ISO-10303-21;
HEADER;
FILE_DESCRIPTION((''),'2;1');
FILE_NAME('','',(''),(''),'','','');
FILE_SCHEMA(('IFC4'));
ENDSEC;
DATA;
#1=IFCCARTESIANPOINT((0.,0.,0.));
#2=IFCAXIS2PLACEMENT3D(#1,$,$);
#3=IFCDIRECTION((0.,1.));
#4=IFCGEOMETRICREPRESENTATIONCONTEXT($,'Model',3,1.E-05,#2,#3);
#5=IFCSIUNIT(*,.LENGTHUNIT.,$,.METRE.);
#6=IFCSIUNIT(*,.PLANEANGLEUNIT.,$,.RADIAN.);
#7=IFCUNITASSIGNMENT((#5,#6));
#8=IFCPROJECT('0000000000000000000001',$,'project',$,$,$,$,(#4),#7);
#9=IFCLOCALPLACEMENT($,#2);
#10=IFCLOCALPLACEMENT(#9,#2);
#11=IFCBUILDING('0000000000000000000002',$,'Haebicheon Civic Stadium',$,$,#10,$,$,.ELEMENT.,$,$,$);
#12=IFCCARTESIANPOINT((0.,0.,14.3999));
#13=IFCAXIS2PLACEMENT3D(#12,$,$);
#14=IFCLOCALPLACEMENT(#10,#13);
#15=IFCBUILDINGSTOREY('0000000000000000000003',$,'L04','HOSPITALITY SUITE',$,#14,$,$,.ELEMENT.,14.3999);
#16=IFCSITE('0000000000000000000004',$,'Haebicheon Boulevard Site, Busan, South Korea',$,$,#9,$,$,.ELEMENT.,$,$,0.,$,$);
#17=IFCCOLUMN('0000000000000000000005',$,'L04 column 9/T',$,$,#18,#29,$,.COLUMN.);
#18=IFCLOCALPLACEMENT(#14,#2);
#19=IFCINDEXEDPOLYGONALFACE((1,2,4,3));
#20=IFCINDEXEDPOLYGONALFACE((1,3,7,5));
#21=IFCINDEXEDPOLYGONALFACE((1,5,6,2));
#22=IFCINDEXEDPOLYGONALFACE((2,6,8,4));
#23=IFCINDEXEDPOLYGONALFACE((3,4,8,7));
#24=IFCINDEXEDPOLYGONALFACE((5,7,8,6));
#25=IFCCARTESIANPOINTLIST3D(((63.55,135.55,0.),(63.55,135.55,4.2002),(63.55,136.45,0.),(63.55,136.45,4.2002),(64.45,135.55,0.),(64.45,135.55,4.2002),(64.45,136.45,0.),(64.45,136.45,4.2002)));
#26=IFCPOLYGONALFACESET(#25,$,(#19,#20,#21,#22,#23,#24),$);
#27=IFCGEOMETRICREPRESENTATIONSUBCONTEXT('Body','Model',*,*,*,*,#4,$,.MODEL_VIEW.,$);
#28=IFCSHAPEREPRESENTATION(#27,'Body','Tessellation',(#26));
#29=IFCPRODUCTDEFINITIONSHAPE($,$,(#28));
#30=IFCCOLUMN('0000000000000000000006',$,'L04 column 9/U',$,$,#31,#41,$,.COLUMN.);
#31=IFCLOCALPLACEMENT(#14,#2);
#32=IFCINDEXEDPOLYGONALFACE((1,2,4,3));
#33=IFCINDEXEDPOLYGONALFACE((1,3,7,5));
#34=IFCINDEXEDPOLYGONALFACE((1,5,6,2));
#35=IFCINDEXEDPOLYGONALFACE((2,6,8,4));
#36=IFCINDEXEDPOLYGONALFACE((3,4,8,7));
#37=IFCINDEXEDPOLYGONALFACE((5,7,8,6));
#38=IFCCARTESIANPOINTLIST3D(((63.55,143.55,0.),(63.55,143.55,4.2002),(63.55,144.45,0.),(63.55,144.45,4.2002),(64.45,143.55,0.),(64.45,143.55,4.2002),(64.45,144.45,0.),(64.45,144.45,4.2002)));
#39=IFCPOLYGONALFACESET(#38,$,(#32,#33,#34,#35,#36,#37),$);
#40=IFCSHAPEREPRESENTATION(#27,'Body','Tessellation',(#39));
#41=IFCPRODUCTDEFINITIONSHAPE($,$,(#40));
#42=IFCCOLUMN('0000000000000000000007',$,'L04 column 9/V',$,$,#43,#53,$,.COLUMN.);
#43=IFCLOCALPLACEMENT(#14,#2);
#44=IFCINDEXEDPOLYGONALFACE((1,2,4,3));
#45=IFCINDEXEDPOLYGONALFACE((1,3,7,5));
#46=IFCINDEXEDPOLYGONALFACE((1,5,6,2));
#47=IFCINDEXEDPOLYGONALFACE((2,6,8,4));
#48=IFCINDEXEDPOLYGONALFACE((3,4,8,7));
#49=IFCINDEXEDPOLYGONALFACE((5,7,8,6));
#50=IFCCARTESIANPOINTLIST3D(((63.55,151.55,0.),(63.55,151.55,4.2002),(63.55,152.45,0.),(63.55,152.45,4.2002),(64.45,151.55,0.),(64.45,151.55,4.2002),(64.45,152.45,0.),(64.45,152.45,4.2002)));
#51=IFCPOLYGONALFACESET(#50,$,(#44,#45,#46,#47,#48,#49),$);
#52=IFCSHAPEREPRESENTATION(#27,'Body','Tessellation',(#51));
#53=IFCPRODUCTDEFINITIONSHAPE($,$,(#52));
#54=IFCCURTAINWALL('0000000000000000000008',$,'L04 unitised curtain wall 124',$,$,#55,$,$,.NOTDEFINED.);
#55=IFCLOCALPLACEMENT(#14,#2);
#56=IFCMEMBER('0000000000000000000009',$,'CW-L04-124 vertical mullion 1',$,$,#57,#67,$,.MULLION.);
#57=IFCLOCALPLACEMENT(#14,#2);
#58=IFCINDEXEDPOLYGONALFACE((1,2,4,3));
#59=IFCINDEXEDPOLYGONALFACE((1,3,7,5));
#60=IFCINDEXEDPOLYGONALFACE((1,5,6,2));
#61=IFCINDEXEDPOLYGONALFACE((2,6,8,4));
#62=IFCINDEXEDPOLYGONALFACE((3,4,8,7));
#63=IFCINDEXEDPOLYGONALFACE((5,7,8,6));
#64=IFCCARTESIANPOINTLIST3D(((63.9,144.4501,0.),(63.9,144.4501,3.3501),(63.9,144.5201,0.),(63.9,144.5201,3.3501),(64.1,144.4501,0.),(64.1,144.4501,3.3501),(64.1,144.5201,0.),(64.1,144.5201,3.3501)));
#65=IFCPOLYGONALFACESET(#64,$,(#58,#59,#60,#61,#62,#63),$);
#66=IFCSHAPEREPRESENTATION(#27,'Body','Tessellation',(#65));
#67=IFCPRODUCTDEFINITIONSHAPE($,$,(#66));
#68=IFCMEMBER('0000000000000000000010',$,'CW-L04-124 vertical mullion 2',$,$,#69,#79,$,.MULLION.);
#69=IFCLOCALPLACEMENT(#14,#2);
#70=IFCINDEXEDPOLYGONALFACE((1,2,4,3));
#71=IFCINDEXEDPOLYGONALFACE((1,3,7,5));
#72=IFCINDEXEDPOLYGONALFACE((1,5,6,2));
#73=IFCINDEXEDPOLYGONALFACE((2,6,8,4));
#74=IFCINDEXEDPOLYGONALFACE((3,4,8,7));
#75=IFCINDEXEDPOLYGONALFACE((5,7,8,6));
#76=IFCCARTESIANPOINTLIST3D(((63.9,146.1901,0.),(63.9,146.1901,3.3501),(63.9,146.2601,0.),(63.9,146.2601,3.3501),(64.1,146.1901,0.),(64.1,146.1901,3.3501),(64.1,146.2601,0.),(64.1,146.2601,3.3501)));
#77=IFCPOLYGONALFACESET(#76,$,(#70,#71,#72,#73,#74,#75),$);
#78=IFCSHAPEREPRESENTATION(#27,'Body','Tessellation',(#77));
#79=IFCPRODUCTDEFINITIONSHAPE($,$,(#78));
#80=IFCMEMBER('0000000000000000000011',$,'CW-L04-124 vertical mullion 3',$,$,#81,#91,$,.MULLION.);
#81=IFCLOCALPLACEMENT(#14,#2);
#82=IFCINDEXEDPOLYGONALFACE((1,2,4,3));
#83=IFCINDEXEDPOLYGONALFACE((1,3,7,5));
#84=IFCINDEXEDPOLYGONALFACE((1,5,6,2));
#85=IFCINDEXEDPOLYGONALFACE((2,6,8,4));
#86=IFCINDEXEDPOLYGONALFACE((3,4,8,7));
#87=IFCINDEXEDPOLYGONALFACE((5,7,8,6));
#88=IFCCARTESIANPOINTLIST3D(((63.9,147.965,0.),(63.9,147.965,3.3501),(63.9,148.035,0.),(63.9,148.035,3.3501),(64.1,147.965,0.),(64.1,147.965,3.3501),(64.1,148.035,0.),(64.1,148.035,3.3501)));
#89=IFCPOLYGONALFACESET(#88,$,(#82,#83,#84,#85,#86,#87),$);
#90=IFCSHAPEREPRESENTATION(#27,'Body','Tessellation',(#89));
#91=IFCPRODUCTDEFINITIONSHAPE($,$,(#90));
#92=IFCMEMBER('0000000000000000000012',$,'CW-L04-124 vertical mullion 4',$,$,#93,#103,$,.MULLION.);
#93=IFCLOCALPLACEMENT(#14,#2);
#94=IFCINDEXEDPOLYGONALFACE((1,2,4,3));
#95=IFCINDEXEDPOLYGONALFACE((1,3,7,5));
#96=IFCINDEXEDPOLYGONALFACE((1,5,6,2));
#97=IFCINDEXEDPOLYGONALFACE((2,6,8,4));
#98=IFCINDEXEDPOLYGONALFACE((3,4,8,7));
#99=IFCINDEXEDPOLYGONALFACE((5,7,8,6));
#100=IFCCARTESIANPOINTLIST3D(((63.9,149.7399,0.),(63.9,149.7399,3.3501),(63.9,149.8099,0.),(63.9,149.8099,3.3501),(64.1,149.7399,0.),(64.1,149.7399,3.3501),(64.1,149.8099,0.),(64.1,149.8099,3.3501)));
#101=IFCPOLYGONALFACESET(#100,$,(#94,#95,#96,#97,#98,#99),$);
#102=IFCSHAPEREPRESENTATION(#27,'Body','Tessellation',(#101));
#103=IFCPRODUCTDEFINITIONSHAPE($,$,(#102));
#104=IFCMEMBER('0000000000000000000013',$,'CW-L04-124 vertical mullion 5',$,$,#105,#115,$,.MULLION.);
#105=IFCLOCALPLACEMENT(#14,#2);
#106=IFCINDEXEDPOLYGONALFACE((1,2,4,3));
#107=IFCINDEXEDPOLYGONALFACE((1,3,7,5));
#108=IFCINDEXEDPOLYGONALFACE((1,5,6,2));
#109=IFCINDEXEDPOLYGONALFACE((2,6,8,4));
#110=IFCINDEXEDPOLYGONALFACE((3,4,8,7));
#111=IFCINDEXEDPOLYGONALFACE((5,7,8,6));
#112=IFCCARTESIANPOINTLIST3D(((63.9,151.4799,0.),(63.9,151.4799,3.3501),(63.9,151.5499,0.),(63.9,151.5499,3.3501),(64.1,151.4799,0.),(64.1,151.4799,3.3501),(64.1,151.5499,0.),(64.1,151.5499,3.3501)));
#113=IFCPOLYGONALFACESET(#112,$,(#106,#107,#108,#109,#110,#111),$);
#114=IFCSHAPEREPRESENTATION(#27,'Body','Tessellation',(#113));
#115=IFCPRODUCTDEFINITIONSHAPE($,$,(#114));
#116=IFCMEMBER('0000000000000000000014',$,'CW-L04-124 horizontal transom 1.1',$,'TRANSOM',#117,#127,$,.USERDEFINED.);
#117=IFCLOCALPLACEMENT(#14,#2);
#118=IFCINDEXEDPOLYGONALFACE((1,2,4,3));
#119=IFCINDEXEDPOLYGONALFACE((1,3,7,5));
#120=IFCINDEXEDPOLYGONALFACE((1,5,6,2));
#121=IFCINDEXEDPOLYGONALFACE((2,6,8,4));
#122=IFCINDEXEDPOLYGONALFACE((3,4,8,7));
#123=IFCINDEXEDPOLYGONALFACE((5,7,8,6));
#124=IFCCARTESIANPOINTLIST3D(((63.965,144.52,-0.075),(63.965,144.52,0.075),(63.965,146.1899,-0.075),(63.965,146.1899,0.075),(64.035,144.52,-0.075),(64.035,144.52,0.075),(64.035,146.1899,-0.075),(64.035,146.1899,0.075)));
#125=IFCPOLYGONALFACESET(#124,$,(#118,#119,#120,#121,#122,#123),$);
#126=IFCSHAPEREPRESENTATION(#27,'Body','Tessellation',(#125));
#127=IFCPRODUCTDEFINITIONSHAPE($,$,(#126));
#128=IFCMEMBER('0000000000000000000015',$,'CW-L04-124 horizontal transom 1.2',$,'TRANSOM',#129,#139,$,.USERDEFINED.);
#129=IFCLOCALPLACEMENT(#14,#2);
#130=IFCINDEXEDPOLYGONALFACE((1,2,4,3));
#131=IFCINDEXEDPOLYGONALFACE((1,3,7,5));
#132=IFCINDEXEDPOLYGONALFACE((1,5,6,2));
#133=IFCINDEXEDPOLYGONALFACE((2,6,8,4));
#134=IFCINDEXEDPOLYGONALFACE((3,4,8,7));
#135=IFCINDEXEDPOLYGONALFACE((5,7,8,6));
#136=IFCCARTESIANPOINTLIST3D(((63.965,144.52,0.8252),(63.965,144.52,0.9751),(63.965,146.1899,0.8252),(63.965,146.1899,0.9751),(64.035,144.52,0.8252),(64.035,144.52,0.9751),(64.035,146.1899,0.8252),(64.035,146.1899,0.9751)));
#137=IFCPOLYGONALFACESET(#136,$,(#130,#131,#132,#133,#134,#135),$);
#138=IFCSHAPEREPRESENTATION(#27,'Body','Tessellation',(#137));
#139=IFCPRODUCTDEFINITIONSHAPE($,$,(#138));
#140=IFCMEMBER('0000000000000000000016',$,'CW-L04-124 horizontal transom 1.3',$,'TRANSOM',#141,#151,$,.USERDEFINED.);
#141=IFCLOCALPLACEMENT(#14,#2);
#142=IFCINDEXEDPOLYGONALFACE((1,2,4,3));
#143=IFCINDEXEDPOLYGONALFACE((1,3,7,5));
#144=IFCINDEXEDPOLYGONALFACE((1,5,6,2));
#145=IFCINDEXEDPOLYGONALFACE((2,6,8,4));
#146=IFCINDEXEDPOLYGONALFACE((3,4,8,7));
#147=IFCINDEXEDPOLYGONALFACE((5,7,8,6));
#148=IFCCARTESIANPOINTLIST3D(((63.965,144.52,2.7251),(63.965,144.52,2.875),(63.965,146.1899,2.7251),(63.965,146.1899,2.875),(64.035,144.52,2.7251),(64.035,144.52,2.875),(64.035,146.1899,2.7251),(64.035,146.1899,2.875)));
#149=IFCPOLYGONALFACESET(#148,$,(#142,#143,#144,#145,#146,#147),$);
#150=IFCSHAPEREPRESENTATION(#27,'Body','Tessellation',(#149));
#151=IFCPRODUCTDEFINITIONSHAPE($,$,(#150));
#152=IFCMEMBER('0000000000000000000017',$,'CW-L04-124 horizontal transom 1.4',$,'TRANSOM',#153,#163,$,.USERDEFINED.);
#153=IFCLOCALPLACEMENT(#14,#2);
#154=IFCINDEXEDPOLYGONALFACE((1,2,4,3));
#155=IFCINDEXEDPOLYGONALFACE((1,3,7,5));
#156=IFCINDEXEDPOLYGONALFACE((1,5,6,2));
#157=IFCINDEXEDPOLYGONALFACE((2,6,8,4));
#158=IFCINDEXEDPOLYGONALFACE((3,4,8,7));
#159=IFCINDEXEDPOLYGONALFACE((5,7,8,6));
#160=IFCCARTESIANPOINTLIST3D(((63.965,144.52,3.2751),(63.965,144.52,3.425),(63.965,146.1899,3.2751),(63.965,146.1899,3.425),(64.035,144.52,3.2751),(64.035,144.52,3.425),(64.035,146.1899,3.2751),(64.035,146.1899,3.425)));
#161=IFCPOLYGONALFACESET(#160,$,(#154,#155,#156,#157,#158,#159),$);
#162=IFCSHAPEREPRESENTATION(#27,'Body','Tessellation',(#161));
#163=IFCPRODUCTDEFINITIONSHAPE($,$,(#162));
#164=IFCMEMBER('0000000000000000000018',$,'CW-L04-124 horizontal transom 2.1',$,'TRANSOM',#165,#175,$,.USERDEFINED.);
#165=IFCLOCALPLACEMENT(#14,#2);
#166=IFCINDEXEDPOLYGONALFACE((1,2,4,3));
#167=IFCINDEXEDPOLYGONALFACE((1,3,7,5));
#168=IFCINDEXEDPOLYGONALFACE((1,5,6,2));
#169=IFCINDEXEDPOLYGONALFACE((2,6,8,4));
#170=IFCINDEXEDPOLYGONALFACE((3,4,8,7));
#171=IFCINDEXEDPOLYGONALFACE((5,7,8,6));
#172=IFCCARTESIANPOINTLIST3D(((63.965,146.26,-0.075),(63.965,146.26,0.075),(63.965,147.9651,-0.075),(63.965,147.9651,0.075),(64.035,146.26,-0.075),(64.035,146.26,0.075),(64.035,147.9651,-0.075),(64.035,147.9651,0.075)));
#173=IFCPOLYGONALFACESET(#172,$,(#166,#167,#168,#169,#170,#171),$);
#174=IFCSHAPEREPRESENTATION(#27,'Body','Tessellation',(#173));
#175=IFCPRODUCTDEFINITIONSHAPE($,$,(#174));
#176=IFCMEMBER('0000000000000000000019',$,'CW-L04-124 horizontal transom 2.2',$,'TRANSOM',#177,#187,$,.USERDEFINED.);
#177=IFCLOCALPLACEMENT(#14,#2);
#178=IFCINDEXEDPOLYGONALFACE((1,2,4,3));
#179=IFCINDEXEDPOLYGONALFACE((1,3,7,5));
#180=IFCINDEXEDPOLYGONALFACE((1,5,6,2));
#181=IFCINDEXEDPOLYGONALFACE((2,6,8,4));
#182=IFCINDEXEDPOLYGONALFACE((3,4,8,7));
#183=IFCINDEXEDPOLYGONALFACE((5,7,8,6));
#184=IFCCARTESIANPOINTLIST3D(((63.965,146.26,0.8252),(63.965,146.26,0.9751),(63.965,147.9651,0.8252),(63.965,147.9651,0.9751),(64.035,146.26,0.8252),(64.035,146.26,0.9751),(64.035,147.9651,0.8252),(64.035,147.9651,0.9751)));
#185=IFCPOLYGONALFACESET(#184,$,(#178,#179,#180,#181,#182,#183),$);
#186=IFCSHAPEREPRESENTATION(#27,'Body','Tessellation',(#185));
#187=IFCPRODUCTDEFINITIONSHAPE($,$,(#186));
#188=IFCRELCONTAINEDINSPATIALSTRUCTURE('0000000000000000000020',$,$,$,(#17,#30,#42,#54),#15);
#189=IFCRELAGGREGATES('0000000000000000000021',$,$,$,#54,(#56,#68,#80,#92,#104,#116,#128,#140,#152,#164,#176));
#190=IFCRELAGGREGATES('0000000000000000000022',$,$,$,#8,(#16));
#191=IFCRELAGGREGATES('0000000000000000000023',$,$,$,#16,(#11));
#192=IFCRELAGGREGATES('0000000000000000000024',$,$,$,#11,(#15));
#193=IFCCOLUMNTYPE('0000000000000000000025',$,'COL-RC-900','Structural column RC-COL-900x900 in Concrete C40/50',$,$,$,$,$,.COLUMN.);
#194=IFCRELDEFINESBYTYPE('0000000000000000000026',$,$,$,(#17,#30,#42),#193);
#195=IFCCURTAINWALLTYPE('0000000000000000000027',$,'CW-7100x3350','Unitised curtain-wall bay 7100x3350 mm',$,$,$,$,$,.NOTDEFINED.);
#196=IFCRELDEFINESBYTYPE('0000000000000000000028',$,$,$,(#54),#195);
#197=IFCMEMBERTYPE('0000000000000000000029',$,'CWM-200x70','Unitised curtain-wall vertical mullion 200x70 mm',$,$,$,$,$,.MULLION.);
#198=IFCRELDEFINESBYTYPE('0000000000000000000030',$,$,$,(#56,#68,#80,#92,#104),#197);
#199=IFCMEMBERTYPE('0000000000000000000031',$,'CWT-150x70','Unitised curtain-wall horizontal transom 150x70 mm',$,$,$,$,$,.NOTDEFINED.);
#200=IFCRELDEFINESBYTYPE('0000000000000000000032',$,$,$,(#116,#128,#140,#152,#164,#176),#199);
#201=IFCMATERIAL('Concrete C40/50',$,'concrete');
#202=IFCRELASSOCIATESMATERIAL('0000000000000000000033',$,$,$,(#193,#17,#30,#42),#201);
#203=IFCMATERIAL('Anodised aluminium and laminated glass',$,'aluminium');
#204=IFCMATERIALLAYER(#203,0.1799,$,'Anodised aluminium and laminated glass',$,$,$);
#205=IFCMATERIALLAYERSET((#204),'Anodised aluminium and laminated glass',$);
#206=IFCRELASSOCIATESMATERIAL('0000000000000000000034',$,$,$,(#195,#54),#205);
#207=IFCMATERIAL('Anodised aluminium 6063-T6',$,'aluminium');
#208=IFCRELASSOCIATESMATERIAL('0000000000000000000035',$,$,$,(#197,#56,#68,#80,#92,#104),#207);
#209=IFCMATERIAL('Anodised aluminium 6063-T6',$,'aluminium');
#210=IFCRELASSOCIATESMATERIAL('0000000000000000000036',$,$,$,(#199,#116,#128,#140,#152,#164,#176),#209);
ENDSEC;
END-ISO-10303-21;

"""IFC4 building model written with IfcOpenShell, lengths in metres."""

from ifc_helpers import new_model, si_unit, direction, frame, origin, origin_2d, place, context, subcontext, project, spatial, rectangle, extrude, material, layer, layer_set, material_profile, profile_set, type_object, element, aggregate, save


model = new_model("IFC4")

# Units and contexts
model_context = context("Model", 3, precision=1e-05, world=origin(), true_north=direction((0.0, 1.0)))
body_context = subcontext(model_context, "Body", "Model", "MODEL_VIEW")
ifc_project = project(units=[si_unit("LENGTHUNIT", "METRE"), si_unit("PLANEANGLEUNIT", "RADIAN")], contexts=[model_context])

# Site, building, storey
site_placement = place(None, origin())
site = spatial("IfcSite", under=ifc_project, at=site_placement, Name="Haebicheon Boulevard Site, Busan, South Korea", CompositionType="ELEMENT", RefElevation=0.0)
building_placement = place(site_placement, origin())
building = spatial("IfcBuilding", under=site, at=building_placement, Name="Haebicheon Civic Stadium", CompositionType="ELEMENT")
storey_placement = place(building_placement, frame((0.0, 0.0, 14.3999)))
storey = spatial("IfcBuildingStorey", under=building, at=storey_placement, Name="L04", Description="HOSPITALITY SUITE", CompositionType="ELEMENT", Elevation=14.3999)

# Columns
ifc_material_1 = material(Name="Concrete C40/50", Category="concrete")
ifc_material_profile_1 = material_profile(ifc_material_1, rectangle(XDim=0.8999, YDim=0.8999, at=origin_2d()), Name="RC-COL-900x900")
ifc_profile_set_1 = profile_set([ifc_material_profile_1], Name="Concrete C40/50")
column_type = type_object("IfcColumnType", Name="COL-RC-900", Description="Structural column RC-COL-900x900 in Concrete C40/50", PredefinedType="COLUMN", material=ifc_profile_set_1)
for number, where, z_axis, x_axis, name in (
    (1, (64.0, 136.0, 0.0), (0.0, 0.0, 1.0), (1.0, 0.0, 0.0), "L04 column 9/T"),
    (2, (64.0, 144.0, 0.0), (0.0, 0.0, 1.0), (1.0, 0.0, 0.0), "L04 column 9/U"),
    (3, (64.0, 152.0, 0.0), (0.0, 0.0, 1.0), (1.0, 0.0, 0.0), "L04 column 9/V"),
):
    element("IfcColumn", number, at=place(storey_placement, frame(where, z_axis=z_axis, x_axis=x_axis)), inside=storey, type_object=column_type, material=ifc_profile_set_1, Name=name, PredefinedType="COLUMN", context=body_context, shape_type="SweptSolid", body=[
        extrude(rectangle(XDim=0.8999, YDim=0.8999, at=origin_2d()), origin(), (0.0, 0.0, 1.0), 4.2002),
    ])

# Curtain wall, members
ifc_material_2 = material(Name="Anodised aluminium and laminated glass", Category="aluminium")
ifc_layer_1 = layer(ifc_material_2, 0.1799, Name="Anodised aluminium and laminated glass")
ifc_layer_set_1 = layer_set([ifc_layer_1], Name="Anodised aluminium and laminated glass")
curtain_wall_type = type_object("IfcCurtainWallType", Name="CW-7100x3350", Description="Unitised curtain-wall bay 7100x3350 mm", PredefinedType="NOTDEFINED", material=ifc_layer_set_1)
curtain_wall_placement = place(storey_placement, origin())
curtain_wall = element("IfcCurtainWall", 4, at=curtain_wall_placement, inside=storey, type_object=curtain_wall_type, material=ifc_layer_set_1, Name="L04 unitised curtain wall 124", PredefinedType="NOTDEFINED")
ifc_material_3 = material(Name="Anodised aluminium 6063-T6", Category="aluminium")
ifc_material_profile_2 = material_profile(ifc_material_3, rectangle(XDim=0.0701, YDim=0.2, at=origin_2d()), Name="ALU-MULL-70x200")
ifc_profile_set_2 = profile_set([ifc_material_profile_2], Name="Anodised aluminium 6063-T6")
member_type_1 = type_object("IfcMemberType", Name="CWM-200x70", Description="Unitised curtain-wall vertical mullion 200x70 mm", PredefinedType="MULLION", material=ifc_profile_set_2)
member_1_placement = place(storey_placement, frame((64.0, 144.4851, 0.0), z_axis=(0.0, 0.0, 1.0), x_axis=(0.0, 1.0, 0.0)))
member_1 = element("IfcMember", 5, at=member_1_placement, type_object=member_type_1, material=ifc_profile_set_2, Name="CW-L04-124 vertical mullion 1", PredefinedType="MULLION", context=body_context, shape_type="SweptSolid", body=[
    extrude(rectangle(XDim=0.0701, YDim=0.2, at=origin_2d()), origin(), (0.0, 0.0, 1.0), 3.3501),
])
member_2_placement = place(storey_placement, frame((64.0, 146.2251, 0.0), z_axis=(0.0, 0.0, 1.0), x_axis=(0.0, 1.0, 0.0)))
member_2 = element("IfcMember", 6, at=member_2_placement, type_object=member_type_1, material=ifc_profile_set_2, Name="CW-L04-124 vertical mullion 2", PredefinedType="MULLION", context=body_context, shape_type="SweptSolid", body=[
    extrude(rectangle(XDim=0.0701, YDim=0.2, at=origin_2d()), origin(), (0.0, 0.0, 1.0), 3.3501),
])
member_3_placement = place(storey_placement, frame((64.0, 148.0, 0.0), z_axis=(0.0, 0.0, 1.0), x_axis=(0.0, 1.0, 0.0)))
member_3 = element("IfcMember", 7, at=member_3_placement, type_object=member_type_1, material=ifc_profile_set_2, Name="CW-L04-124 vertical mullion 3", PredefinedType="MULLION", context=body_context, shape_type="SweptSolid", body=[
    extrude(rectangle(XDim=0.0701, YDim=0.2, at=origin_2d()), origin(), (0.0, 0.0, 1.0), 3.3501),
])
member_4_placement = place(storey_placement, frame((64.0, 149.7749, 0.0), z_axis=(0.0, 0.0, 1.0), x_axis=(0.0, 1.0, 0.0)))
member_4 = element("IfcMember", 8, at=member_4_placement, type_object=member_type_1, material=ifc_profile_set_2, Name="CW-L04-124 vertical mullion 4", PredefinedType="MULLION", context=body_context, shape_type="SweptSolid", body=[
    extrude(rectangle(XDim=0.0701, YDim=0.2, at=origin_2d()), origin(), (0.0, 0.0, 1.0), 3.3501),
])
member_5_placement = place(storey_placement, frame((64.0, 151.5149, 0.0), z_axis=(0.0, 0.0, 1.0), x_axis=(0.0, 1.0, 0.0)))
member_5 = element("IfcMember", 9, at=member_5_placement, type_object=member_type_1, material=ifc_profile_set_2, Name="CW-L04-124 vertical mullion 5", PredefinedType="MULLION", context=body_context, shape_type="SweptSolid", body=[
    extrude(rectangle(XDim=0.0701, YDim=0.2, at=origin_2d()), origin(), (0.0, 0.0, 1.0), 3.3501),
])
ifc_material_4 = material(Name="Anodised aluminium 6063-T6", Category="aluminium")
ifc_material_profile_3 = material_profile(ifc_material_4, rectangle(XDim=0.0701, YDim=0.1499, at=origin_2d()), Name="ALU-TRAN-70x150")
ifc_profile_set_3 = profile_set([ifc_material_profile_3], Name="Anodised aluminium 6063-T6")
member_type_2 = type_object("IfcMemberType", Name="CWT-150x70", Description="Unitised curtain-wall horizontal transom 150x70 mm", PredefinedType="NOTDEFINED", material=ifc_profile_set_3)
member_6_placement = place(storey_placement, frame((64.0, 144.52, 0.0), z_axis=(0.0, 1.0, 0.0), x_axis=(-1.0, 0.0, 0.0)))
member_6 = element("IfcMember", 10, at=member_6_placement, type_object=member_type_2, material=ifc_profile_set_3, Name="CW-L04-124 horizontal transom 1.1", ObjectType="TRANSOM", PredefinedType="USERDEFINED", context=body_context, shape_type="SweptSolid", body=[
    extrude(rectangle(XDim=0.0701, YDim=0.1499, at=origin_2d()), origin(), (0.0, 0.0, 1.0), 1.6699),
])
member_7_placement = place(storey_placement, frame((64.0, 144.52, 0.9001), z_axis=(0.0, 1.0, 0.0), x_axis=(-1.0, 0.0, 0.0)))
member_7 = element("IfcMember", 11, at=member_7_placement, type_object=member_type_2, material=ifc_profile_set_3, Name="CW-L04-124 horizontal transom 1.2", ObjectType="TRANSOM", PredefinedType="USERDEFINED", context=body_context, shape_type="SweptSolid", body=[
    extrude(rectangle(XDim=0.0701, YDim=0.1499, at=origin_2d()), origin(), (0.0, 0.0, 1.0), 1.6699),
])
member_8_placement = place(storey_placement, frame((64.0, 144.52, 2.8), z_axis=(0.0, 1.0, 0.0), x_axis=(-1.0, 0.0, 0.0)))
member_8 = element("IfcMember", 12, at=member_8_placement, type_object=member_type_2, material=ifc_profile_set_3, Name="CW-L04-124 horizontal transom 1.3", ObjectType="TRANSOM", PredefinedType="USERDEFINED", context=body_context, shape_type="SweptSolid", body=[
    extrude(rectangle(XDim=0.0701, YDim=0.1499, at=origin_2d()), origin(), (0.0, 0.0, 1.0), 1.6699),
])
member_9_placement = place(storey_placement, frame((64.0, 144.52, 3.3501), z_axis=(0.0, 1.0, 0.0), x_axis=(-1.0, 0.0, 0.0)))
member_9 = element("IfcMember", 13, at=member_9_placement, type_object=member_type_2, material=ifc_profile_set_3, Name="CW-L04-124 horizontal transom 1.4", ObjectType="TRANSOM", PredefinedType="USERDEFINED", context=body_context, shape_type="SweptSolid", body=[
    extrude(rectangle(XDim=0.0701, YDim=0.1499, at=origin_2d()), origin(), (0.0, 0.0, 1.0), 1.6699),
])
member_10_placement = place(storey_placement, frame((64.0, 146.26, 0.0), z_axis=(0.0, 1.0, 0.0), x_axis=(-1.0, 0.0, 0.0)))
member_10 = element("IfcMember", 14, at=member_10_placement, type_object=member_type_2, material=ifc_profile_set_3, Name="CW-L04-124 horizontal transom 2.1", ObjectType="TRANSOM", PredefinedType="USERDEFINED", context=body_context, shape_type="SweptSolid", body=[
    extrude(rectangle(XDim=0.0701, YDim=0.1499, at=origin_2d()), origin(), (0.0, 0.0, 1.0), 1.7051),
])
member_11_placement = place(storey_placement, frame((64.0, 146.26, 0.9001), z_axis=(0.0, 1.0, 0.0), x_axis=(-1.0, 0.0, 0.0)))
member_11 = element("IfcMember", 15, at=member_11_placement, type_object=member_type_2, material=ifc_profile_set_3, Name="CW-L04-124 horizontal transom 2.2", ObjectType="TRANSOM", PredefinedType="USERDEFINED", context=body_context, shape_type="SweptSolid", body=[
    extrude(rectangle(XDim=0.0701, YDim=0.1499, at=origin_2d()), origin(), (0.0, 0.0, 1.0), 1.7051),
])

aggregate(curtain_wall, [member_1, member_2, member_3, member_4, member_5, member_6, member_7, member_8, member_9, member_10, member_11])

save(model, "model.ifc")
